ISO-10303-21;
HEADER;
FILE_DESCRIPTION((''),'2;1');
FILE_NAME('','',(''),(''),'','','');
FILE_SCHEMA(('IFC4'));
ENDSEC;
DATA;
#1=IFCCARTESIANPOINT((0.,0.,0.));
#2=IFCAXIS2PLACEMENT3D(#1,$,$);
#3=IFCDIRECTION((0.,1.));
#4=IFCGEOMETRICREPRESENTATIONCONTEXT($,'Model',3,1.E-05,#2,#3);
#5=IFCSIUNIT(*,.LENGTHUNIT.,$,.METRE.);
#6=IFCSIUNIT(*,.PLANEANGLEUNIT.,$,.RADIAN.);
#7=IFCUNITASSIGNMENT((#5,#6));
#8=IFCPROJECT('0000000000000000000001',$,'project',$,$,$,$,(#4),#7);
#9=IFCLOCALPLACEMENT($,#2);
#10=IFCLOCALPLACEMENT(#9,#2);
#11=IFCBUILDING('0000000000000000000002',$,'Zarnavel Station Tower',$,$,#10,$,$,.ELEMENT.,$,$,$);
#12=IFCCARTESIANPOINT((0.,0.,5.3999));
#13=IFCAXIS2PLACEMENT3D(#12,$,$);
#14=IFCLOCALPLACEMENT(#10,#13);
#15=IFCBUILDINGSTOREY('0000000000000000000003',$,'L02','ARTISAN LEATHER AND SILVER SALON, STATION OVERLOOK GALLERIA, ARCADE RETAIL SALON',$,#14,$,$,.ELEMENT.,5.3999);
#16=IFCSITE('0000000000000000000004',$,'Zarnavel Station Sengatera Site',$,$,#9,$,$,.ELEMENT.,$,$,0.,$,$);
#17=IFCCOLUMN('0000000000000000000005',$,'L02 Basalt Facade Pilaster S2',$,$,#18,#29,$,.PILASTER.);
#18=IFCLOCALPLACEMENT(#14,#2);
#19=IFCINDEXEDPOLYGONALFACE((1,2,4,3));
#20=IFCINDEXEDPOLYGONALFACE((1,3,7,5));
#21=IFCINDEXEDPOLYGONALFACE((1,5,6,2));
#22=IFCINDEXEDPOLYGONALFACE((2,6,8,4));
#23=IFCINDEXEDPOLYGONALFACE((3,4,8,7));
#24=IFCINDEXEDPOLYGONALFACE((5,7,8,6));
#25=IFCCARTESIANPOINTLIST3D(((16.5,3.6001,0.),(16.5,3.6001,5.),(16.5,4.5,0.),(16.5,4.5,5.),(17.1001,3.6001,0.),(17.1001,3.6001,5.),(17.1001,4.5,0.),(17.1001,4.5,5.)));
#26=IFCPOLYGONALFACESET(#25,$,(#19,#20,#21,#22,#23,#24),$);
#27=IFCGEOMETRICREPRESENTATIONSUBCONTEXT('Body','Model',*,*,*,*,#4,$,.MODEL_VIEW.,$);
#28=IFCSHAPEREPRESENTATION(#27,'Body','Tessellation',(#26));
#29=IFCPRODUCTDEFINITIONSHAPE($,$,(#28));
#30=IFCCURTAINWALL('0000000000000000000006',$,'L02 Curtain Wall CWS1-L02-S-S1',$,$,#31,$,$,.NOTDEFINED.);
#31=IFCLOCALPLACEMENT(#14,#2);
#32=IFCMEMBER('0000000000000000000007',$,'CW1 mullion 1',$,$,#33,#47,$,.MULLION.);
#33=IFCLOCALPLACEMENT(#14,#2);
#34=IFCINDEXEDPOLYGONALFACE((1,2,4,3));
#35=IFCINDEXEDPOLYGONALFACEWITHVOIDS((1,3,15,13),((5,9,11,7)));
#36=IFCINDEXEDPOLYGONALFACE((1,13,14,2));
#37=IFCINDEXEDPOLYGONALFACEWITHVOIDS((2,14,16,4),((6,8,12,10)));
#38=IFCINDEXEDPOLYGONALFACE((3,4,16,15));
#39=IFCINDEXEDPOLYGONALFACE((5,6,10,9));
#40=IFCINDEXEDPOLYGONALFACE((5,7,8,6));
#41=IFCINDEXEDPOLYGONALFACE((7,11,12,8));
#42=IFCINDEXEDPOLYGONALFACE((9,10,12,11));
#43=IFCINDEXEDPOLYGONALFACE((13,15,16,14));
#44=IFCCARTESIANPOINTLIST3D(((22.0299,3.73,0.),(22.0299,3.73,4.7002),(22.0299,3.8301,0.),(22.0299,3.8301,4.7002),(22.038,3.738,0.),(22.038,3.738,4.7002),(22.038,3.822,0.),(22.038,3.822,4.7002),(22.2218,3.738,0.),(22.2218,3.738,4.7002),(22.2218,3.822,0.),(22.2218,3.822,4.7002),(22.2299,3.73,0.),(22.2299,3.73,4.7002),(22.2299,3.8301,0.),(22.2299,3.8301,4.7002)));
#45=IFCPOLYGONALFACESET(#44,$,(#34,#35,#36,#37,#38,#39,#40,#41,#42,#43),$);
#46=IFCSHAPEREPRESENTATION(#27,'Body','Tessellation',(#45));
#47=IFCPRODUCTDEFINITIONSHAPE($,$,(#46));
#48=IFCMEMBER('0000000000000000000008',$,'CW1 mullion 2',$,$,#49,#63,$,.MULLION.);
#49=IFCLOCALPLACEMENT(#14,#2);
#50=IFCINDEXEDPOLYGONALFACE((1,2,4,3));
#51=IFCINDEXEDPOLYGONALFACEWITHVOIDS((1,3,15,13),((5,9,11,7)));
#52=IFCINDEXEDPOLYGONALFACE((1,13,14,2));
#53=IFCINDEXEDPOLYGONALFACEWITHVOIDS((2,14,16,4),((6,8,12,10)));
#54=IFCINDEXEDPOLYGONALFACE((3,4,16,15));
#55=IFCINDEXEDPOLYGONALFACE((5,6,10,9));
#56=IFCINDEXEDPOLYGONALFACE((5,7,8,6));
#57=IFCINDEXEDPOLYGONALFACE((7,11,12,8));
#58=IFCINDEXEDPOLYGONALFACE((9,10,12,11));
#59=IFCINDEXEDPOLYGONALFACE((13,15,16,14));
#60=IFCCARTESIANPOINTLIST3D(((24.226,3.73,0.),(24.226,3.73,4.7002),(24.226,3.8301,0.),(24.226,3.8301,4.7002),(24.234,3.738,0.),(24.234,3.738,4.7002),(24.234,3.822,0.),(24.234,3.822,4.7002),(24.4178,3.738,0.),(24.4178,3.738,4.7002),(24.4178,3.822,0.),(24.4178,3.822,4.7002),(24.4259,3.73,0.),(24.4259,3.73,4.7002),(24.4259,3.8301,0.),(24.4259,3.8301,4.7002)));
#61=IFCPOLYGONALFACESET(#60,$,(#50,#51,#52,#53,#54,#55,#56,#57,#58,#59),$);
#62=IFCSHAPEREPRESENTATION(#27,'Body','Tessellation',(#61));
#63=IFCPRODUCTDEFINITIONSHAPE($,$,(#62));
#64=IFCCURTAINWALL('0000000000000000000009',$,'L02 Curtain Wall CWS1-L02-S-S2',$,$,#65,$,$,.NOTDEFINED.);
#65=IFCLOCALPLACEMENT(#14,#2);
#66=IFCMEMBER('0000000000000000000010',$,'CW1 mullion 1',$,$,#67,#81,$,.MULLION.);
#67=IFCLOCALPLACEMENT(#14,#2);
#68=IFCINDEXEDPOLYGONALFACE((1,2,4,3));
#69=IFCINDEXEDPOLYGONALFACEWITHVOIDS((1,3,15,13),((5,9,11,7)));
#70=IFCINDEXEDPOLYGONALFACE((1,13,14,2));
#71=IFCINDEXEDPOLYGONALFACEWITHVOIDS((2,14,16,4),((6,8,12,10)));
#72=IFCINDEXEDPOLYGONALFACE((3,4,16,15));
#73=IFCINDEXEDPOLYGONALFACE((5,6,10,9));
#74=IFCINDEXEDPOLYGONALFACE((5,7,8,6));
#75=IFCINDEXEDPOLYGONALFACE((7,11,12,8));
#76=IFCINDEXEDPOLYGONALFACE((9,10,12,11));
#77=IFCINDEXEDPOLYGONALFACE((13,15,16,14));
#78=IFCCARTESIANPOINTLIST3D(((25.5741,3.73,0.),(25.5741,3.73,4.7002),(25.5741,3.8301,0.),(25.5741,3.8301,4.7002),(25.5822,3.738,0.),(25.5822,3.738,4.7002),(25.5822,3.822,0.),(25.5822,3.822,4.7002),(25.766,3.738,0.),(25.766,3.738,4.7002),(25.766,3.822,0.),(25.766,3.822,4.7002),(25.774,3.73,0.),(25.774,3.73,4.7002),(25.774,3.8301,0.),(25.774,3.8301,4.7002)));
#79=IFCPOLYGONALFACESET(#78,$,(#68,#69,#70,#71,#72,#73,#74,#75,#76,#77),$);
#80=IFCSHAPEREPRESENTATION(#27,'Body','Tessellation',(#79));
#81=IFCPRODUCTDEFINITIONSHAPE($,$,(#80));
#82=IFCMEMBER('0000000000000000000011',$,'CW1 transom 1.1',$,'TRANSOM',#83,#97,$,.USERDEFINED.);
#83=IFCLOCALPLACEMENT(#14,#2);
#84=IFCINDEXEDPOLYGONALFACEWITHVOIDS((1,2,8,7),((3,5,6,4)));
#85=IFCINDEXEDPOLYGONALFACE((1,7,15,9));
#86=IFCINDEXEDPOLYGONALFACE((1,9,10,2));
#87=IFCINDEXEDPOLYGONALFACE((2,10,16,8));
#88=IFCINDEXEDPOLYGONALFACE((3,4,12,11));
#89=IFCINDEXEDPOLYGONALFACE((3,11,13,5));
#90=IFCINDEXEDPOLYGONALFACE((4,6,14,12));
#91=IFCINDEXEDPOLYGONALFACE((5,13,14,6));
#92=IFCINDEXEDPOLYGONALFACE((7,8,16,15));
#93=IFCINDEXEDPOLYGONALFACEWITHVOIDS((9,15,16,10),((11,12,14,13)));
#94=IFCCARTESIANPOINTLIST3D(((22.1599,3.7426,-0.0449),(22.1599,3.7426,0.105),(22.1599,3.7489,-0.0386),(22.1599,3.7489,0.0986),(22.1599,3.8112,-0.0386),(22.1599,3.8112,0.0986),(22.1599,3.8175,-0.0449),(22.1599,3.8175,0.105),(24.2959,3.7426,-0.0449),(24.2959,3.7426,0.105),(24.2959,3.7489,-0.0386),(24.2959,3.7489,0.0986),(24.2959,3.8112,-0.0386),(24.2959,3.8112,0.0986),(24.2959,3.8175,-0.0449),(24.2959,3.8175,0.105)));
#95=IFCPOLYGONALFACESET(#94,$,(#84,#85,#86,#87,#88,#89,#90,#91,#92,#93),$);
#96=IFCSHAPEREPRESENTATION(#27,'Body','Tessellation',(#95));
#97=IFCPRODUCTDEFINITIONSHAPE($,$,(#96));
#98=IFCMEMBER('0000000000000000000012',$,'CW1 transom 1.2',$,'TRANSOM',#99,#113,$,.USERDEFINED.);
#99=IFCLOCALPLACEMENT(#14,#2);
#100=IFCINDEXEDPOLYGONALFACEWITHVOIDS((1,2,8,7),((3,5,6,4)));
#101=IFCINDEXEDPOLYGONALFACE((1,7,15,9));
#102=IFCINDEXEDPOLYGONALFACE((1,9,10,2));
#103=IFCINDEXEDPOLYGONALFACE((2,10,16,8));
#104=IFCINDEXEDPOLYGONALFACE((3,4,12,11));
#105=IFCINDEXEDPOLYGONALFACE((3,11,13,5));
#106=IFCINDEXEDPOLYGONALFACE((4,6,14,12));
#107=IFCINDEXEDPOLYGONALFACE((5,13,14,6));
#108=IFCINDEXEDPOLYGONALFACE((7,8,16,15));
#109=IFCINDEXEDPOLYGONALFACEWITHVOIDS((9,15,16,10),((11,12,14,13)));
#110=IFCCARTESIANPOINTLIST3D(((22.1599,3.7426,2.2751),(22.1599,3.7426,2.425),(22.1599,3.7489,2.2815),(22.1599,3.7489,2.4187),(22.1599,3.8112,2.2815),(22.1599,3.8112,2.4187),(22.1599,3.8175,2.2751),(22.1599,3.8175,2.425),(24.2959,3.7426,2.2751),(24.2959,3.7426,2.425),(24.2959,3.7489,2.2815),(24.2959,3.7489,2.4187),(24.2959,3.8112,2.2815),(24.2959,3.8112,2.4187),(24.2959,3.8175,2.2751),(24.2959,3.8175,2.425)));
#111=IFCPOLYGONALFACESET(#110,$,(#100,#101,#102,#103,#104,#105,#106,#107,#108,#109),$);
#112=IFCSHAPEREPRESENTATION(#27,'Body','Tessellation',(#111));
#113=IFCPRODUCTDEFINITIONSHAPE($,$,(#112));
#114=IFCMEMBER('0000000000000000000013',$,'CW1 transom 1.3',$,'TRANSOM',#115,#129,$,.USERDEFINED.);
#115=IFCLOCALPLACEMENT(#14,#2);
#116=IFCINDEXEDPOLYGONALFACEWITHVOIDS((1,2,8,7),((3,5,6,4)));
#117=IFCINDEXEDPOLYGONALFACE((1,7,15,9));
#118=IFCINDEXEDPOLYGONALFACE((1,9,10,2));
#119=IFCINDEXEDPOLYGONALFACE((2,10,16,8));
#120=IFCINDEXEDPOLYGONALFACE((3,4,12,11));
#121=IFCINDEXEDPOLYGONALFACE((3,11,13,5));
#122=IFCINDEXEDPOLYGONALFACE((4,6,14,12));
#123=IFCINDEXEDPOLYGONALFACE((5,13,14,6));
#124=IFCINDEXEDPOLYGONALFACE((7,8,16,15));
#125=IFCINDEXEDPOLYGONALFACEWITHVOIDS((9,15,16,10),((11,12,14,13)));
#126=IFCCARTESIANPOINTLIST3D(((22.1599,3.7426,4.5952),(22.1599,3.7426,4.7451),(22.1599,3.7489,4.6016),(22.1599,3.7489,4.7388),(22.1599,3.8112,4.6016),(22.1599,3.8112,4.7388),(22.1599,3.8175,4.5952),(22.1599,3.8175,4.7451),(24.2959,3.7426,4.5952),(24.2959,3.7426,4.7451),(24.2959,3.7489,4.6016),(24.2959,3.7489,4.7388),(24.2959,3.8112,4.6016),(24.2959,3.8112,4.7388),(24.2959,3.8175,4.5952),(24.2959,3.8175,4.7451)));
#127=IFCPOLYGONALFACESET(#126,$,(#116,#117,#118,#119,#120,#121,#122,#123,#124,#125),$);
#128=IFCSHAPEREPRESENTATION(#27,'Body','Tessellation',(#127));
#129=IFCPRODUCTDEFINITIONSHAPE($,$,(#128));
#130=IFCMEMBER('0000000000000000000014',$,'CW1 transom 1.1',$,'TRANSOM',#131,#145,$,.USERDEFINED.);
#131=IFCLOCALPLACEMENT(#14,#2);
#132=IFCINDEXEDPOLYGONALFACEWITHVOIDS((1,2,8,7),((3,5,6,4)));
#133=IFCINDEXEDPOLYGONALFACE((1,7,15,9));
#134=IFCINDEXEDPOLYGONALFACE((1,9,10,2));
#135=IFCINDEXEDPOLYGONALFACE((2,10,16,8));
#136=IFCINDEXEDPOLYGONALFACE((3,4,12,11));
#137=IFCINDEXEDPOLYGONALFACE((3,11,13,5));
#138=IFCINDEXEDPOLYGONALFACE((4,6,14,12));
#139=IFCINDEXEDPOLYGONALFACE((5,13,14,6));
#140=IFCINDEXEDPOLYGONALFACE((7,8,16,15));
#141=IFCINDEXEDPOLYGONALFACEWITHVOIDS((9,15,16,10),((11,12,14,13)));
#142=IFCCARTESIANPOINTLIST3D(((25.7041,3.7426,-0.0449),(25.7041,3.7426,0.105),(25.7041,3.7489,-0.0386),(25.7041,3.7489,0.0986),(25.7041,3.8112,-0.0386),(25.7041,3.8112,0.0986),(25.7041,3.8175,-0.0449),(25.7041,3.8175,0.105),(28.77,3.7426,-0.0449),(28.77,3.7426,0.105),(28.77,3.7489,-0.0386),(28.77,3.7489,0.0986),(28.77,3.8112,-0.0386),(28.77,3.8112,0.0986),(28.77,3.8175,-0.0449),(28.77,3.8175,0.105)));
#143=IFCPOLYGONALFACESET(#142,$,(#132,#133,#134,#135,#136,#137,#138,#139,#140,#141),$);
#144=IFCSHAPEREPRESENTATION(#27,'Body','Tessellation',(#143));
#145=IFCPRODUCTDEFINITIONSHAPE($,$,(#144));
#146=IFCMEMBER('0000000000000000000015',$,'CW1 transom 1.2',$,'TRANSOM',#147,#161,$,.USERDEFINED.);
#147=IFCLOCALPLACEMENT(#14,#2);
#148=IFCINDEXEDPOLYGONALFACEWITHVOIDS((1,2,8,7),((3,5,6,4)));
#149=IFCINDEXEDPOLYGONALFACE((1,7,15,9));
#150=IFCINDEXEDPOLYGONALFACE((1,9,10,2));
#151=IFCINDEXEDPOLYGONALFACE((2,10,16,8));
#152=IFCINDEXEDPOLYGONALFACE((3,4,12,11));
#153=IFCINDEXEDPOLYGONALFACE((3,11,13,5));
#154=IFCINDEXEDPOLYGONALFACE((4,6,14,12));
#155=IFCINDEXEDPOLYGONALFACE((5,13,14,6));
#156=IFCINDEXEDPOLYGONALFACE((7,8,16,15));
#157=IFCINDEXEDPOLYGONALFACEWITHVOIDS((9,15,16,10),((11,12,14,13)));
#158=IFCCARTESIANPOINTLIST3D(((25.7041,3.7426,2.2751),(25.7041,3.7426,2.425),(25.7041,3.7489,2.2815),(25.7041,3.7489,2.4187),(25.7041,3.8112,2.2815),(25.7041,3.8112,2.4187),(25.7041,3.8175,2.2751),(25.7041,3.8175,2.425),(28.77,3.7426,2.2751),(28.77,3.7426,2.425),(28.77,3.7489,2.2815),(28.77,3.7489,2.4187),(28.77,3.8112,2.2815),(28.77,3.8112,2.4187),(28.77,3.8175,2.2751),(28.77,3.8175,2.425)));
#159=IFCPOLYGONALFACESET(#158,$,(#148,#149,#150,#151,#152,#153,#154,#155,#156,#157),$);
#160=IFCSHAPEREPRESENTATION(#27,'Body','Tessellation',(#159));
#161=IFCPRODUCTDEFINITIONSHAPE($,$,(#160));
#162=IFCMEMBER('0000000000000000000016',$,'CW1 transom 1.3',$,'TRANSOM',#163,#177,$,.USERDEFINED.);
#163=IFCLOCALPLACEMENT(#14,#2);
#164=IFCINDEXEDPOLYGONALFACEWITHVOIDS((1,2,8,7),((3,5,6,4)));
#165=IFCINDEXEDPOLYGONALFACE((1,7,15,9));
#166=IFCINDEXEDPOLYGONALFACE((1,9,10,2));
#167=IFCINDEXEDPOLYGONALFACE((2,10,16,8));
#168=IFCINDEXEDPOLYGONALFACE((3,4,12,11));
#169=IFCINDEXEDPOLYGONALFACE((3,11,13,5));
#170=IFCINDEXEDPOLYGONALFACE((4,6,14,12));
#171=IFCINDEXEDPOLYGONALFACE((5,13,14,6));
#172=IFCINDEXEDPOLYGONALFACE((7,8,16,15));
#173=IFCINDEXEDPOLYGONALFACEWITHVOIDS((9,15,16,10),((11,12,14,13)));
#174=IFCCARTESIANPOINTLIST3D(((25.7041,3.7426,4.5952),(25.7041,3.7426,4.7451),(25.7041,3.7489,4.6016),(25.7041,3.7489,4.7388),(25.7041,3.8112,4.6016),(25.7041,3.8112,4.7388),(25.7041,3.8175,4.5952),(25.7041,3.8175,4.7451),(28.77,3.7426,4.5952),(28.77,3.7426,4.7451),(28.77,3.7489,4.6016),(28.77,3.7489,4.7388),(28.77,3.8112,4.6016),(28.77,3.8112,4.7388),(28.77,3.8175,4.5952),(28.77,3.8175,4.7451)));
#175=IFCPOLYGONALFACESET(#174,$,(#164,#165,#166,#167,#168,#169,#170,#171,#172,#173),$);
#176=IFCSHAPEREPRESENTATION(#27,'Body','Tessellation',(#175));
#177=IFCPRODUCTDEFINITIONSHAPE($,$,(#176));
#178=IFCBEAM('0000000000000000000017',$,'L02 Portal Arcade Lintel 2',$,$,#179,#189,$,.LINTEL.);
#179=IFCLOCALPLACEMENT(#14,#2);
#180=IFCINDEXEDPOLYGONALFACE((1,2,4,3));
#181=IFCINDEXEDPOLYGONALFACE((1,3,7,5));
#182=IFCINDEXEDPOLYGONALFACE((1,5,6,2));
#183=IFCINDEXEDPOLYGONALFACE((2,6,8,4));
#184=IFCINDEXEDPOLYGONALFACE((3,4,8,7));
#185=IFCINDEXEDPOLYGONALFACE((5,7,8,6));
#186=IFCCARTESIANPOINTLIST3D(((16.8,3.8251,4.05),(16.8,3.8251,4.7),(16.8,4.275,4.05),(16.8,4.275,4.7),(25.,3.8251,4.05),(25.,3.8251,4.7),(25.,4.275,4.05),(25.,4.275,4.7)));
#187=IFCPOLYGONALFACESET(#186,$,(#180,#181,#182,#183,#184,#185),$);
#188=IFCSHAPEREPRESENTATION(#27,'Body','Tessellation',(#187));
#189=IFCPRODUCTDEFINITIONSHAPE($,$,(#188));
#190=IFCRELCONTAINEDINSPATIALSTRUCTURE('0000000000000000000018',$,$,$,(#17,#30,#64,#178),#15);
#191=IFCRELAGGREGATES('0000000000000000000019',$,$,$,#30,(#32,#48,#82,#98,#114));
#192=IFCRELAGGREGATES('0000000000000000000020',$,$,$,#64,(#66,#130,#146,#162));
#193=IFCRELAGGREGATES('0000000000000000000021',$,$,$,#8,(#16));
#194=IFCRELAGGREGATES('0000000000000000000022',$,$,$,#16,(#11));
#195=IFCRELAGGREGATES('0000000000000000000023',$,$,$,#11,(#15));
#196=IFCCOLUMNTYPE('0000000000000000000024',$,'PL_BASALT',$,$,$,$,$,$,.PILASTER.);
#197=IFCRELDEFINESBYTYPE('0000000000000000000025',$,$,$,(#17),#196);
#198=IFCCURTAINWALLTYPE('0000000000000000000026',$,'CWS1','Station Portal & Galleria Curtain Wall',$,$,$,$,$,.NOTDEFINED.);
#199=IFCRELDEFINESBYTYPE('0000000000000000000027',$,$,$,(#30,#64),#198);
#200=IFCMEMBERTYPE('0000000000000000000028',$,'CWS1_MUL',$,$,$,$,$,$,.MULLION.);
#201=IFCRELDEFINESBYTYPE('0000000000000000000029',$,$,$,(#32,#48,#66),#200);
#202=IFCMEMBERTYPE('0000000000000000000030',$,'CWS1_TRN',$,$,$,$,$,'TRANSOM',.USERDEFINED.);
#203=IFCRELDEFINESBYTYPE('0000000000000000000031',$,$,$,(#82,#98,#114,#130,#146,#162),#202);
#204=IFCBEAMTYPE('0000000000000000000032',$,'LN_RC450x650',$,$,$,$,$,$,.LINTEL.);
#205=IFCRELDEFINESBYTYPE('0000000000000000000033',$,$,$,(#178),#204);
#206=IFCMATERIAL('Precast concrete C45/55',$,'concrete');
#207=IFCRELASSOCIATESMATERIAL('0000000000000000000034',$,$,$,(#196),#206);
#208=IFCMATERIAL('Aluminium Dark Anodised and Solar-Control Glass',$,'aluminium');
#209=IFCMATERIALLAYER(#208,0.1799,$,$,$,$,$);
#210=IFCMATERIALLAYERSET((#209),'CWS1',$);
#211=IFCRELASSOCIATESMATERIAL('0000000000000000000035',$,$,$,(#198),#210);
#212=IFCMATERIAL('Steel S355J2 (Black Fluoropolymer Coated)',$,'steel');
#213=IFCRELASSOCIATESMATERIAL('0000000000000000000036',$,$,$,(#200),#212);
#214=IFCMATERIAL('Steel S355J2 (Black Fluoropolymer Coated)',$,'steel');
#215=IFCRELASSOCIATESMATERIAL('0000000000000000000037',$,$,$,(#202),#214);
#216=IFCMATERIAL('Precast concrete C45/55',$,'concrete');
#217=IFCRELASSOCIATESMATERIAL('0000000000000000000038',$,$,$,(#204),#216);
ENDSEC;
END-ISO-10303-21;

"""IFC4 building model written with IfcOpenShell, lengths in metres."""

from ifc_helpers import new_model, si_unit, direction, frame, origin, origin_2d, place, context, subcontext, project, spatial, rectangle, hollow_rectangle, extrude, material, layer, layer_set, material_profile, profile_set, type_object, element, aggregate, save


model = new_model("IFC4")

# Units and contexts
model_context = context("Model", 3, precision=1e-05, world=origin(), true_north=direction((0.0, 1.0)))
body_context = subcontext(model_context, "Body", "Model", "MODEL_VIEW")
ifc_project = project(units=[si_unit("LENGTHUNIT", "METRE"), si_unit("PLANEANGLEUNIT", "RADIAN")], contexts=[model_context])

# Site, building, storey
site_placement = place(None, origin())
site = spatial("IfcSite", under=ifc_project, at=site_placement, Name="Zarnavel Station Sengatera Site", CompositionType="ELEMENT", RefElevation=0.0)
building_placement = place(site_placement, origin())
building = spatial("IfcBuilding", under=site, at=building_placement, Name="Zarnavel Station Tower", CompositionType="ELEMENT")
storey_placement = place(building_placement, frame((0.0, 0.0, 5.3999)))
storey = spatial("IfcBuildingStorey", under=building, at=storey_placement, Name="L02", Description="ARTISAN LEATHER AND SILVER SALON, STATION OVERLOOK GALLERIA, ARCADE RETAIL SALON", CompositionType="ELEMENT", Elevation=5.3999)

# Column
ifc_material_1 = material(Name="Precast concrete C45/55", Category="concrete")
ifc_material_profile_1 = material_profile(ifc_material_1, rectangle(XDim=0.6001, YDim=0.8999, at=origin_2d()), Name="RC600x900")
ifc_profile_set_1 = profile_set([ifc_material_profile_1], Name="Precast concrete C45/55")
column_type = type_object("IfcColumnType", Name="PL_BASALT", PredefinedType="PILASTER", material=ifc_profile_set_1)
column_placement = place(storey_placement, frame((16.8, 4.05, 0.0), z_axis=(0.0, 0.0, 1.0), x_axis=(1.0, 0.0, 0.0)))
element("IfcColumn", 1, at=column_placement, inside=storey, type_object=column_type, Name="L02 Basalt Facade Pilaster S2", PredefinedType="PILASTER", context=body_context, shape_type="SweptSolid", body=[
    extrude(rectangle(XDim=0.6001, YDim=0.8999, at=origin_2d()), origin(), (0.0, 0.0, 1.0), 5.0),
])

# Curtain wall, members
ifc_material_2 = material(Name="Aluminium Dark Anodised and Solar-Control Glass", Category="aluminium")
ifc_layer_1 = layer(ifc_material_2, 0.1799)
ifc_layer_set_1 = layer_set([ifc_layer_1], Name="CWS1")
curtain_wall_type = type_object("IfcCurtainWallType", Name="CWS1", Description="Station Portal & Galleria Curtain Wall", PredefinedType="NOTDEFINED", material=ifc_layer_set_1)
curtain_wall_1_placement = place(storey_placement, origin())
curtain_wall_1 = element("IfcCurtainWall", 2, at=curtain_wall_1_placement, inside=storey, type_object=curtain_wall_type, Name="L02 Curtain Wall CWS1-L02-S-S1", PredefinedType="NOTDEFINED")
ifc_material_3 = material(Name="Steel S355J2 (Black Fluoropolymer Coated)", Category="steel")
ifc_material_profile_2 = material_profile(ifc_material_3, hollow_rectangle(XDim=0.1001, YDim=0.2, WallThickness=0.0081, at=origin_2d()), Name="RHS200x100x8")
ifc_profile_set_2 = profile_set([ifc_material_profile_2], Name="Steel S355J2 (Black Fluoropolymer Coated)")
member_type_1 = type_object("IfcMemberType", Name="CWS1_MUL", PredefinedType="MULLION", material=ifc_profile_set_2)
member_1_placement = place(storey_placement, frame((22.1299, 3.78, 0.0), z_axis=(0.0, 0.0, 1.0), x_axis=(0.0, 1.0, 0.0)))
member_1 = element("IfcMember", 3, at=member_1_placement, type_object=member_type_1, Name="CW1 mullion 1", PredefinedType="MULLION", context=body_context, shape_type="SweptSolid", body=[
    extrude(hollow_rectangle(XDim=0.1001, YDim=0.2, WallThickness=0.0081, at=origin_2d()), origin(), (0.0, 0.0, 1.0), 4.7002),
])
member_2_placement = place(storey_placement, frame((24.3259, 3.78, 0.0), z_axis=(0.0, 0.0, 1.0), x_axis=(0.0, 1.0, 0.0)))
member_2 = element("IfcMember", 4, at=member_2_placement, type_object=member_type_1, Name="CW1 mullion 2", PredefinedType="MULLION", context=body_context, shape_type="SweptSolid", body=[
    extrude(hollow_rectangle(XDim=0.1001, YDim=0.2, WallThickness=0.0081, at=origin_2d()), origin(), (0.0, 0.0, 1.0), 4.7002),
])

# Curtain wall, member
curtain_wall_2_placement = place(storey_placement, origin())
curtain_wall_2 = element("IfcCurtainWall", 5, at=curtain_wall_2_placement, inside=storey, type_object=curtain_wall_type, Name="L02 Curtain Wall CWS1-L02-S-S2", PredefinedType="NOTDEFINED")
member_3_placement = place(storey_placement, frame((25.6741, 3.78, 0.0), z_axis=(0.0, 0.0, 1.0), x_axis=(0.0, 1.0, 0.0)))
member_3 = element("IfcMember", 6, at=member_3_placement, type_object=member_type_1, Name="CW1 mullion 1", PredefinedType="MULLION", context=body_context, shape_type="SweptSolid", body=[
    extrude(hollow_rectangle(XDim=0.1001, YDim=0.2, WallThickness=0.0081, at=origin_2d()), origin(), (0.0, 0.0, 1.0), 4.7002),
])

# Members
ifc_material_4 = material(Name="Steel S355J2 (Black Fluoropolymer Coated)", Category="steel")
ifc_material_profile_3 = material_profile(ifc_material_4, hollow_rectangle(XDim=0.075, YDim=0.1499, WallThickness=0.0063, at=origin_2d()), Name="RHS150x75x6.3")
ifc_profile_set_3 = profile_set([ifc_material_profile_3], Name="Steel S355J2 (Black Fluoropolymer Coated)")
member_type_2 = type_object("IfcMemberType", Name="CWS1_TRN", ElementType="TRANSOM", PredefinedType="USERDEFINED", material=ifc_profile_set_3)
member_4_placement = place(storey_placement, frame((22.1599, 3.78, 0.03), z_axis=(1.0, 0.0, 0.0), x_axis=(0.0, 1.0, 0.0)))
member_4 = element("IfcMember", 7, at=member_4_placement, type_object=member_type_2, Name="CW1 transom 1.1", ObjectType="TRANSOM", PredefinedType="USERDEFINED", context=body_context, shape_type="SweptSolid", body=[
    extrude(hollow_rectangle(XDim=0.075, YDim=0.1499, WallThickness=0.0063, at=origin_2d()), origin(), (0.0, 0.0, 1.0), 2.136),
])
member_5_placement = place(storey_placement, frame((22.1599, 3.78, 2.3501), z_axis=(1.0, 0.0, 0.0), x_axis=(0.0, 1.0, 0.0)))
member_5 = element("IfcMember", 8, at=member_5_placement, type_object=member_type_2, Name="CW1 transom 1.2", ObjectType="TRANSOM", PredefinedType="USERDEFINED", context=body_context, shape_type="SweptSolid", body=[
    extrude(hollow_rectangle(XDim=0.075, YDim=0.1499, WallThickness=0.0063, at=origin_2d()), origin(), (0.0, 0.0, 1.0), 2.136),
])
member_6_placement = place(storey_placement, frame((22.1599, 3.78, 4.6702), z_axis=(1.0, 0.0, 0.0), x_axis=(0.0, 1.0, 0.0)))
member_6 = element("IfcMember", 9, at=member_6_placement, type_object=member_type_2, Name="CW1 transom 1.3", ObjectType="TRANSOM", PredefinedType="USERDEFINED", context=body_context, shape_type="SweptSolid", body=[
    extrude(hollow_rectangle(XDim=0.075, YDim=0.1499, WallThickness=0.0063, at=origin_2d()), origin(), (0.0, 0.0, 1.0), 2.136),
])
member_7_placement = place(storey_placement, frame((25.7041, 3.78, 0.03), z_axis=(1.0, 0.0, 0.0), x_axis=(0.0, 1.0, 0.0)))
member_7 = element("IfcMember", 10, at=member_7_placement, type_object=member_type_2, Name="CW1 transom 1.1", ObjectType="TRANSOM", PredefinedType="USERDEFINED", context=body_context, shape_type="SweptSolid", body=[
    extrude(hollow_rectangle(XDim=0.075, YDim=0.1499, WallThickness=0.0063, at=origin_2d()), origin(), (0.0, 0.0, 1.0), 3.0659),
])
member_8_placement = place(storey_placement, frame((25.7041, 3.78, 2.3501), z_axis=(1.0, 0.0, 0.0), x_axis=(0.0, 1.0, 0.0)))
member_8 = element("IfcMember", 11, at=member_8_placement, type_object=member_type_2, Name="CW1 transom 1.2", ObjectType="TRANSOM", PredefinedType="USERDEFINED", context=body_context, shape_type="SweptSolid", body=[
    extrude(hollow_rectangle(XDim=0.075, YDim=0.1499, WallThickness=0.0063, at=origin_2d()), origin(), (0.0, 0.0, 1.0), 3.0659),
])
member_9_placement = place(storey_placement, frame((25.7041, 3.78, 4.6702), z_axis=(1.0, 0.0, 0.0), x_axis=(0.0, 1.0, 0.0)))
member_9 = element("IfcMember", 12, at=member_9_placement, type_object=member_type_2, Name="CW1 transom 1.3", ObjectType="TRANSOM", PredefinedType="USERDEFINED", context=body_context, shape_type="SweptSolid", body=[
    extrude(hollow_rectangle(XDim=0.075, YDim=0.1499, WallThickness=0.0063, at=origin_2d()), origin(), (0.0, 0.0, 1.0), 3.0659),
])

# Beam
ifc_material_5 = material(Name="Precast concrete C45/55", Category="concrete")
ifc_material_profile_4 = material_profile(ifc_material_5, rectangle(XDim=0.45, YDim=0.6499, at=origin_2d()), Name="RC450x650")
ifc_profile_set_4 = profile_set([ifc_material_profile_4], Name="Precast concrete C45/55")
beam_type = type_object("IfcBeamType", Name="LN_RC450x650", PredefinedType="LINTEL", material=ifc_profile_set_4)
beam_placement = place(storey_placement, frame((16.8, 4.05, 4.375), z_axis=(1.0, 0.0, 0.0), x_axis=(0.0, 1.0, 0.0)))
element("IfcBeam", 13, at=beam_placement, inside=storey, type_object=beam_type, Name="L02 Portal Arcade Lintel 2", PredefinedType="LINTEL", context=body_context, shape_type="SweptSolid", body=[
    extrude(rectangle(XDim=0.45, YDim=0.6499, at=origin_2d()), origin(), (0.0, 0.0, 1.0), 8.2),
])

aggregate(curtain_wall_1, [member_1, member_2, member_4, member_5, member_6])
aggregate(curtain_wall_2, [member_3, member_7, member_8, member_9])

save(model, "model.ifc")
